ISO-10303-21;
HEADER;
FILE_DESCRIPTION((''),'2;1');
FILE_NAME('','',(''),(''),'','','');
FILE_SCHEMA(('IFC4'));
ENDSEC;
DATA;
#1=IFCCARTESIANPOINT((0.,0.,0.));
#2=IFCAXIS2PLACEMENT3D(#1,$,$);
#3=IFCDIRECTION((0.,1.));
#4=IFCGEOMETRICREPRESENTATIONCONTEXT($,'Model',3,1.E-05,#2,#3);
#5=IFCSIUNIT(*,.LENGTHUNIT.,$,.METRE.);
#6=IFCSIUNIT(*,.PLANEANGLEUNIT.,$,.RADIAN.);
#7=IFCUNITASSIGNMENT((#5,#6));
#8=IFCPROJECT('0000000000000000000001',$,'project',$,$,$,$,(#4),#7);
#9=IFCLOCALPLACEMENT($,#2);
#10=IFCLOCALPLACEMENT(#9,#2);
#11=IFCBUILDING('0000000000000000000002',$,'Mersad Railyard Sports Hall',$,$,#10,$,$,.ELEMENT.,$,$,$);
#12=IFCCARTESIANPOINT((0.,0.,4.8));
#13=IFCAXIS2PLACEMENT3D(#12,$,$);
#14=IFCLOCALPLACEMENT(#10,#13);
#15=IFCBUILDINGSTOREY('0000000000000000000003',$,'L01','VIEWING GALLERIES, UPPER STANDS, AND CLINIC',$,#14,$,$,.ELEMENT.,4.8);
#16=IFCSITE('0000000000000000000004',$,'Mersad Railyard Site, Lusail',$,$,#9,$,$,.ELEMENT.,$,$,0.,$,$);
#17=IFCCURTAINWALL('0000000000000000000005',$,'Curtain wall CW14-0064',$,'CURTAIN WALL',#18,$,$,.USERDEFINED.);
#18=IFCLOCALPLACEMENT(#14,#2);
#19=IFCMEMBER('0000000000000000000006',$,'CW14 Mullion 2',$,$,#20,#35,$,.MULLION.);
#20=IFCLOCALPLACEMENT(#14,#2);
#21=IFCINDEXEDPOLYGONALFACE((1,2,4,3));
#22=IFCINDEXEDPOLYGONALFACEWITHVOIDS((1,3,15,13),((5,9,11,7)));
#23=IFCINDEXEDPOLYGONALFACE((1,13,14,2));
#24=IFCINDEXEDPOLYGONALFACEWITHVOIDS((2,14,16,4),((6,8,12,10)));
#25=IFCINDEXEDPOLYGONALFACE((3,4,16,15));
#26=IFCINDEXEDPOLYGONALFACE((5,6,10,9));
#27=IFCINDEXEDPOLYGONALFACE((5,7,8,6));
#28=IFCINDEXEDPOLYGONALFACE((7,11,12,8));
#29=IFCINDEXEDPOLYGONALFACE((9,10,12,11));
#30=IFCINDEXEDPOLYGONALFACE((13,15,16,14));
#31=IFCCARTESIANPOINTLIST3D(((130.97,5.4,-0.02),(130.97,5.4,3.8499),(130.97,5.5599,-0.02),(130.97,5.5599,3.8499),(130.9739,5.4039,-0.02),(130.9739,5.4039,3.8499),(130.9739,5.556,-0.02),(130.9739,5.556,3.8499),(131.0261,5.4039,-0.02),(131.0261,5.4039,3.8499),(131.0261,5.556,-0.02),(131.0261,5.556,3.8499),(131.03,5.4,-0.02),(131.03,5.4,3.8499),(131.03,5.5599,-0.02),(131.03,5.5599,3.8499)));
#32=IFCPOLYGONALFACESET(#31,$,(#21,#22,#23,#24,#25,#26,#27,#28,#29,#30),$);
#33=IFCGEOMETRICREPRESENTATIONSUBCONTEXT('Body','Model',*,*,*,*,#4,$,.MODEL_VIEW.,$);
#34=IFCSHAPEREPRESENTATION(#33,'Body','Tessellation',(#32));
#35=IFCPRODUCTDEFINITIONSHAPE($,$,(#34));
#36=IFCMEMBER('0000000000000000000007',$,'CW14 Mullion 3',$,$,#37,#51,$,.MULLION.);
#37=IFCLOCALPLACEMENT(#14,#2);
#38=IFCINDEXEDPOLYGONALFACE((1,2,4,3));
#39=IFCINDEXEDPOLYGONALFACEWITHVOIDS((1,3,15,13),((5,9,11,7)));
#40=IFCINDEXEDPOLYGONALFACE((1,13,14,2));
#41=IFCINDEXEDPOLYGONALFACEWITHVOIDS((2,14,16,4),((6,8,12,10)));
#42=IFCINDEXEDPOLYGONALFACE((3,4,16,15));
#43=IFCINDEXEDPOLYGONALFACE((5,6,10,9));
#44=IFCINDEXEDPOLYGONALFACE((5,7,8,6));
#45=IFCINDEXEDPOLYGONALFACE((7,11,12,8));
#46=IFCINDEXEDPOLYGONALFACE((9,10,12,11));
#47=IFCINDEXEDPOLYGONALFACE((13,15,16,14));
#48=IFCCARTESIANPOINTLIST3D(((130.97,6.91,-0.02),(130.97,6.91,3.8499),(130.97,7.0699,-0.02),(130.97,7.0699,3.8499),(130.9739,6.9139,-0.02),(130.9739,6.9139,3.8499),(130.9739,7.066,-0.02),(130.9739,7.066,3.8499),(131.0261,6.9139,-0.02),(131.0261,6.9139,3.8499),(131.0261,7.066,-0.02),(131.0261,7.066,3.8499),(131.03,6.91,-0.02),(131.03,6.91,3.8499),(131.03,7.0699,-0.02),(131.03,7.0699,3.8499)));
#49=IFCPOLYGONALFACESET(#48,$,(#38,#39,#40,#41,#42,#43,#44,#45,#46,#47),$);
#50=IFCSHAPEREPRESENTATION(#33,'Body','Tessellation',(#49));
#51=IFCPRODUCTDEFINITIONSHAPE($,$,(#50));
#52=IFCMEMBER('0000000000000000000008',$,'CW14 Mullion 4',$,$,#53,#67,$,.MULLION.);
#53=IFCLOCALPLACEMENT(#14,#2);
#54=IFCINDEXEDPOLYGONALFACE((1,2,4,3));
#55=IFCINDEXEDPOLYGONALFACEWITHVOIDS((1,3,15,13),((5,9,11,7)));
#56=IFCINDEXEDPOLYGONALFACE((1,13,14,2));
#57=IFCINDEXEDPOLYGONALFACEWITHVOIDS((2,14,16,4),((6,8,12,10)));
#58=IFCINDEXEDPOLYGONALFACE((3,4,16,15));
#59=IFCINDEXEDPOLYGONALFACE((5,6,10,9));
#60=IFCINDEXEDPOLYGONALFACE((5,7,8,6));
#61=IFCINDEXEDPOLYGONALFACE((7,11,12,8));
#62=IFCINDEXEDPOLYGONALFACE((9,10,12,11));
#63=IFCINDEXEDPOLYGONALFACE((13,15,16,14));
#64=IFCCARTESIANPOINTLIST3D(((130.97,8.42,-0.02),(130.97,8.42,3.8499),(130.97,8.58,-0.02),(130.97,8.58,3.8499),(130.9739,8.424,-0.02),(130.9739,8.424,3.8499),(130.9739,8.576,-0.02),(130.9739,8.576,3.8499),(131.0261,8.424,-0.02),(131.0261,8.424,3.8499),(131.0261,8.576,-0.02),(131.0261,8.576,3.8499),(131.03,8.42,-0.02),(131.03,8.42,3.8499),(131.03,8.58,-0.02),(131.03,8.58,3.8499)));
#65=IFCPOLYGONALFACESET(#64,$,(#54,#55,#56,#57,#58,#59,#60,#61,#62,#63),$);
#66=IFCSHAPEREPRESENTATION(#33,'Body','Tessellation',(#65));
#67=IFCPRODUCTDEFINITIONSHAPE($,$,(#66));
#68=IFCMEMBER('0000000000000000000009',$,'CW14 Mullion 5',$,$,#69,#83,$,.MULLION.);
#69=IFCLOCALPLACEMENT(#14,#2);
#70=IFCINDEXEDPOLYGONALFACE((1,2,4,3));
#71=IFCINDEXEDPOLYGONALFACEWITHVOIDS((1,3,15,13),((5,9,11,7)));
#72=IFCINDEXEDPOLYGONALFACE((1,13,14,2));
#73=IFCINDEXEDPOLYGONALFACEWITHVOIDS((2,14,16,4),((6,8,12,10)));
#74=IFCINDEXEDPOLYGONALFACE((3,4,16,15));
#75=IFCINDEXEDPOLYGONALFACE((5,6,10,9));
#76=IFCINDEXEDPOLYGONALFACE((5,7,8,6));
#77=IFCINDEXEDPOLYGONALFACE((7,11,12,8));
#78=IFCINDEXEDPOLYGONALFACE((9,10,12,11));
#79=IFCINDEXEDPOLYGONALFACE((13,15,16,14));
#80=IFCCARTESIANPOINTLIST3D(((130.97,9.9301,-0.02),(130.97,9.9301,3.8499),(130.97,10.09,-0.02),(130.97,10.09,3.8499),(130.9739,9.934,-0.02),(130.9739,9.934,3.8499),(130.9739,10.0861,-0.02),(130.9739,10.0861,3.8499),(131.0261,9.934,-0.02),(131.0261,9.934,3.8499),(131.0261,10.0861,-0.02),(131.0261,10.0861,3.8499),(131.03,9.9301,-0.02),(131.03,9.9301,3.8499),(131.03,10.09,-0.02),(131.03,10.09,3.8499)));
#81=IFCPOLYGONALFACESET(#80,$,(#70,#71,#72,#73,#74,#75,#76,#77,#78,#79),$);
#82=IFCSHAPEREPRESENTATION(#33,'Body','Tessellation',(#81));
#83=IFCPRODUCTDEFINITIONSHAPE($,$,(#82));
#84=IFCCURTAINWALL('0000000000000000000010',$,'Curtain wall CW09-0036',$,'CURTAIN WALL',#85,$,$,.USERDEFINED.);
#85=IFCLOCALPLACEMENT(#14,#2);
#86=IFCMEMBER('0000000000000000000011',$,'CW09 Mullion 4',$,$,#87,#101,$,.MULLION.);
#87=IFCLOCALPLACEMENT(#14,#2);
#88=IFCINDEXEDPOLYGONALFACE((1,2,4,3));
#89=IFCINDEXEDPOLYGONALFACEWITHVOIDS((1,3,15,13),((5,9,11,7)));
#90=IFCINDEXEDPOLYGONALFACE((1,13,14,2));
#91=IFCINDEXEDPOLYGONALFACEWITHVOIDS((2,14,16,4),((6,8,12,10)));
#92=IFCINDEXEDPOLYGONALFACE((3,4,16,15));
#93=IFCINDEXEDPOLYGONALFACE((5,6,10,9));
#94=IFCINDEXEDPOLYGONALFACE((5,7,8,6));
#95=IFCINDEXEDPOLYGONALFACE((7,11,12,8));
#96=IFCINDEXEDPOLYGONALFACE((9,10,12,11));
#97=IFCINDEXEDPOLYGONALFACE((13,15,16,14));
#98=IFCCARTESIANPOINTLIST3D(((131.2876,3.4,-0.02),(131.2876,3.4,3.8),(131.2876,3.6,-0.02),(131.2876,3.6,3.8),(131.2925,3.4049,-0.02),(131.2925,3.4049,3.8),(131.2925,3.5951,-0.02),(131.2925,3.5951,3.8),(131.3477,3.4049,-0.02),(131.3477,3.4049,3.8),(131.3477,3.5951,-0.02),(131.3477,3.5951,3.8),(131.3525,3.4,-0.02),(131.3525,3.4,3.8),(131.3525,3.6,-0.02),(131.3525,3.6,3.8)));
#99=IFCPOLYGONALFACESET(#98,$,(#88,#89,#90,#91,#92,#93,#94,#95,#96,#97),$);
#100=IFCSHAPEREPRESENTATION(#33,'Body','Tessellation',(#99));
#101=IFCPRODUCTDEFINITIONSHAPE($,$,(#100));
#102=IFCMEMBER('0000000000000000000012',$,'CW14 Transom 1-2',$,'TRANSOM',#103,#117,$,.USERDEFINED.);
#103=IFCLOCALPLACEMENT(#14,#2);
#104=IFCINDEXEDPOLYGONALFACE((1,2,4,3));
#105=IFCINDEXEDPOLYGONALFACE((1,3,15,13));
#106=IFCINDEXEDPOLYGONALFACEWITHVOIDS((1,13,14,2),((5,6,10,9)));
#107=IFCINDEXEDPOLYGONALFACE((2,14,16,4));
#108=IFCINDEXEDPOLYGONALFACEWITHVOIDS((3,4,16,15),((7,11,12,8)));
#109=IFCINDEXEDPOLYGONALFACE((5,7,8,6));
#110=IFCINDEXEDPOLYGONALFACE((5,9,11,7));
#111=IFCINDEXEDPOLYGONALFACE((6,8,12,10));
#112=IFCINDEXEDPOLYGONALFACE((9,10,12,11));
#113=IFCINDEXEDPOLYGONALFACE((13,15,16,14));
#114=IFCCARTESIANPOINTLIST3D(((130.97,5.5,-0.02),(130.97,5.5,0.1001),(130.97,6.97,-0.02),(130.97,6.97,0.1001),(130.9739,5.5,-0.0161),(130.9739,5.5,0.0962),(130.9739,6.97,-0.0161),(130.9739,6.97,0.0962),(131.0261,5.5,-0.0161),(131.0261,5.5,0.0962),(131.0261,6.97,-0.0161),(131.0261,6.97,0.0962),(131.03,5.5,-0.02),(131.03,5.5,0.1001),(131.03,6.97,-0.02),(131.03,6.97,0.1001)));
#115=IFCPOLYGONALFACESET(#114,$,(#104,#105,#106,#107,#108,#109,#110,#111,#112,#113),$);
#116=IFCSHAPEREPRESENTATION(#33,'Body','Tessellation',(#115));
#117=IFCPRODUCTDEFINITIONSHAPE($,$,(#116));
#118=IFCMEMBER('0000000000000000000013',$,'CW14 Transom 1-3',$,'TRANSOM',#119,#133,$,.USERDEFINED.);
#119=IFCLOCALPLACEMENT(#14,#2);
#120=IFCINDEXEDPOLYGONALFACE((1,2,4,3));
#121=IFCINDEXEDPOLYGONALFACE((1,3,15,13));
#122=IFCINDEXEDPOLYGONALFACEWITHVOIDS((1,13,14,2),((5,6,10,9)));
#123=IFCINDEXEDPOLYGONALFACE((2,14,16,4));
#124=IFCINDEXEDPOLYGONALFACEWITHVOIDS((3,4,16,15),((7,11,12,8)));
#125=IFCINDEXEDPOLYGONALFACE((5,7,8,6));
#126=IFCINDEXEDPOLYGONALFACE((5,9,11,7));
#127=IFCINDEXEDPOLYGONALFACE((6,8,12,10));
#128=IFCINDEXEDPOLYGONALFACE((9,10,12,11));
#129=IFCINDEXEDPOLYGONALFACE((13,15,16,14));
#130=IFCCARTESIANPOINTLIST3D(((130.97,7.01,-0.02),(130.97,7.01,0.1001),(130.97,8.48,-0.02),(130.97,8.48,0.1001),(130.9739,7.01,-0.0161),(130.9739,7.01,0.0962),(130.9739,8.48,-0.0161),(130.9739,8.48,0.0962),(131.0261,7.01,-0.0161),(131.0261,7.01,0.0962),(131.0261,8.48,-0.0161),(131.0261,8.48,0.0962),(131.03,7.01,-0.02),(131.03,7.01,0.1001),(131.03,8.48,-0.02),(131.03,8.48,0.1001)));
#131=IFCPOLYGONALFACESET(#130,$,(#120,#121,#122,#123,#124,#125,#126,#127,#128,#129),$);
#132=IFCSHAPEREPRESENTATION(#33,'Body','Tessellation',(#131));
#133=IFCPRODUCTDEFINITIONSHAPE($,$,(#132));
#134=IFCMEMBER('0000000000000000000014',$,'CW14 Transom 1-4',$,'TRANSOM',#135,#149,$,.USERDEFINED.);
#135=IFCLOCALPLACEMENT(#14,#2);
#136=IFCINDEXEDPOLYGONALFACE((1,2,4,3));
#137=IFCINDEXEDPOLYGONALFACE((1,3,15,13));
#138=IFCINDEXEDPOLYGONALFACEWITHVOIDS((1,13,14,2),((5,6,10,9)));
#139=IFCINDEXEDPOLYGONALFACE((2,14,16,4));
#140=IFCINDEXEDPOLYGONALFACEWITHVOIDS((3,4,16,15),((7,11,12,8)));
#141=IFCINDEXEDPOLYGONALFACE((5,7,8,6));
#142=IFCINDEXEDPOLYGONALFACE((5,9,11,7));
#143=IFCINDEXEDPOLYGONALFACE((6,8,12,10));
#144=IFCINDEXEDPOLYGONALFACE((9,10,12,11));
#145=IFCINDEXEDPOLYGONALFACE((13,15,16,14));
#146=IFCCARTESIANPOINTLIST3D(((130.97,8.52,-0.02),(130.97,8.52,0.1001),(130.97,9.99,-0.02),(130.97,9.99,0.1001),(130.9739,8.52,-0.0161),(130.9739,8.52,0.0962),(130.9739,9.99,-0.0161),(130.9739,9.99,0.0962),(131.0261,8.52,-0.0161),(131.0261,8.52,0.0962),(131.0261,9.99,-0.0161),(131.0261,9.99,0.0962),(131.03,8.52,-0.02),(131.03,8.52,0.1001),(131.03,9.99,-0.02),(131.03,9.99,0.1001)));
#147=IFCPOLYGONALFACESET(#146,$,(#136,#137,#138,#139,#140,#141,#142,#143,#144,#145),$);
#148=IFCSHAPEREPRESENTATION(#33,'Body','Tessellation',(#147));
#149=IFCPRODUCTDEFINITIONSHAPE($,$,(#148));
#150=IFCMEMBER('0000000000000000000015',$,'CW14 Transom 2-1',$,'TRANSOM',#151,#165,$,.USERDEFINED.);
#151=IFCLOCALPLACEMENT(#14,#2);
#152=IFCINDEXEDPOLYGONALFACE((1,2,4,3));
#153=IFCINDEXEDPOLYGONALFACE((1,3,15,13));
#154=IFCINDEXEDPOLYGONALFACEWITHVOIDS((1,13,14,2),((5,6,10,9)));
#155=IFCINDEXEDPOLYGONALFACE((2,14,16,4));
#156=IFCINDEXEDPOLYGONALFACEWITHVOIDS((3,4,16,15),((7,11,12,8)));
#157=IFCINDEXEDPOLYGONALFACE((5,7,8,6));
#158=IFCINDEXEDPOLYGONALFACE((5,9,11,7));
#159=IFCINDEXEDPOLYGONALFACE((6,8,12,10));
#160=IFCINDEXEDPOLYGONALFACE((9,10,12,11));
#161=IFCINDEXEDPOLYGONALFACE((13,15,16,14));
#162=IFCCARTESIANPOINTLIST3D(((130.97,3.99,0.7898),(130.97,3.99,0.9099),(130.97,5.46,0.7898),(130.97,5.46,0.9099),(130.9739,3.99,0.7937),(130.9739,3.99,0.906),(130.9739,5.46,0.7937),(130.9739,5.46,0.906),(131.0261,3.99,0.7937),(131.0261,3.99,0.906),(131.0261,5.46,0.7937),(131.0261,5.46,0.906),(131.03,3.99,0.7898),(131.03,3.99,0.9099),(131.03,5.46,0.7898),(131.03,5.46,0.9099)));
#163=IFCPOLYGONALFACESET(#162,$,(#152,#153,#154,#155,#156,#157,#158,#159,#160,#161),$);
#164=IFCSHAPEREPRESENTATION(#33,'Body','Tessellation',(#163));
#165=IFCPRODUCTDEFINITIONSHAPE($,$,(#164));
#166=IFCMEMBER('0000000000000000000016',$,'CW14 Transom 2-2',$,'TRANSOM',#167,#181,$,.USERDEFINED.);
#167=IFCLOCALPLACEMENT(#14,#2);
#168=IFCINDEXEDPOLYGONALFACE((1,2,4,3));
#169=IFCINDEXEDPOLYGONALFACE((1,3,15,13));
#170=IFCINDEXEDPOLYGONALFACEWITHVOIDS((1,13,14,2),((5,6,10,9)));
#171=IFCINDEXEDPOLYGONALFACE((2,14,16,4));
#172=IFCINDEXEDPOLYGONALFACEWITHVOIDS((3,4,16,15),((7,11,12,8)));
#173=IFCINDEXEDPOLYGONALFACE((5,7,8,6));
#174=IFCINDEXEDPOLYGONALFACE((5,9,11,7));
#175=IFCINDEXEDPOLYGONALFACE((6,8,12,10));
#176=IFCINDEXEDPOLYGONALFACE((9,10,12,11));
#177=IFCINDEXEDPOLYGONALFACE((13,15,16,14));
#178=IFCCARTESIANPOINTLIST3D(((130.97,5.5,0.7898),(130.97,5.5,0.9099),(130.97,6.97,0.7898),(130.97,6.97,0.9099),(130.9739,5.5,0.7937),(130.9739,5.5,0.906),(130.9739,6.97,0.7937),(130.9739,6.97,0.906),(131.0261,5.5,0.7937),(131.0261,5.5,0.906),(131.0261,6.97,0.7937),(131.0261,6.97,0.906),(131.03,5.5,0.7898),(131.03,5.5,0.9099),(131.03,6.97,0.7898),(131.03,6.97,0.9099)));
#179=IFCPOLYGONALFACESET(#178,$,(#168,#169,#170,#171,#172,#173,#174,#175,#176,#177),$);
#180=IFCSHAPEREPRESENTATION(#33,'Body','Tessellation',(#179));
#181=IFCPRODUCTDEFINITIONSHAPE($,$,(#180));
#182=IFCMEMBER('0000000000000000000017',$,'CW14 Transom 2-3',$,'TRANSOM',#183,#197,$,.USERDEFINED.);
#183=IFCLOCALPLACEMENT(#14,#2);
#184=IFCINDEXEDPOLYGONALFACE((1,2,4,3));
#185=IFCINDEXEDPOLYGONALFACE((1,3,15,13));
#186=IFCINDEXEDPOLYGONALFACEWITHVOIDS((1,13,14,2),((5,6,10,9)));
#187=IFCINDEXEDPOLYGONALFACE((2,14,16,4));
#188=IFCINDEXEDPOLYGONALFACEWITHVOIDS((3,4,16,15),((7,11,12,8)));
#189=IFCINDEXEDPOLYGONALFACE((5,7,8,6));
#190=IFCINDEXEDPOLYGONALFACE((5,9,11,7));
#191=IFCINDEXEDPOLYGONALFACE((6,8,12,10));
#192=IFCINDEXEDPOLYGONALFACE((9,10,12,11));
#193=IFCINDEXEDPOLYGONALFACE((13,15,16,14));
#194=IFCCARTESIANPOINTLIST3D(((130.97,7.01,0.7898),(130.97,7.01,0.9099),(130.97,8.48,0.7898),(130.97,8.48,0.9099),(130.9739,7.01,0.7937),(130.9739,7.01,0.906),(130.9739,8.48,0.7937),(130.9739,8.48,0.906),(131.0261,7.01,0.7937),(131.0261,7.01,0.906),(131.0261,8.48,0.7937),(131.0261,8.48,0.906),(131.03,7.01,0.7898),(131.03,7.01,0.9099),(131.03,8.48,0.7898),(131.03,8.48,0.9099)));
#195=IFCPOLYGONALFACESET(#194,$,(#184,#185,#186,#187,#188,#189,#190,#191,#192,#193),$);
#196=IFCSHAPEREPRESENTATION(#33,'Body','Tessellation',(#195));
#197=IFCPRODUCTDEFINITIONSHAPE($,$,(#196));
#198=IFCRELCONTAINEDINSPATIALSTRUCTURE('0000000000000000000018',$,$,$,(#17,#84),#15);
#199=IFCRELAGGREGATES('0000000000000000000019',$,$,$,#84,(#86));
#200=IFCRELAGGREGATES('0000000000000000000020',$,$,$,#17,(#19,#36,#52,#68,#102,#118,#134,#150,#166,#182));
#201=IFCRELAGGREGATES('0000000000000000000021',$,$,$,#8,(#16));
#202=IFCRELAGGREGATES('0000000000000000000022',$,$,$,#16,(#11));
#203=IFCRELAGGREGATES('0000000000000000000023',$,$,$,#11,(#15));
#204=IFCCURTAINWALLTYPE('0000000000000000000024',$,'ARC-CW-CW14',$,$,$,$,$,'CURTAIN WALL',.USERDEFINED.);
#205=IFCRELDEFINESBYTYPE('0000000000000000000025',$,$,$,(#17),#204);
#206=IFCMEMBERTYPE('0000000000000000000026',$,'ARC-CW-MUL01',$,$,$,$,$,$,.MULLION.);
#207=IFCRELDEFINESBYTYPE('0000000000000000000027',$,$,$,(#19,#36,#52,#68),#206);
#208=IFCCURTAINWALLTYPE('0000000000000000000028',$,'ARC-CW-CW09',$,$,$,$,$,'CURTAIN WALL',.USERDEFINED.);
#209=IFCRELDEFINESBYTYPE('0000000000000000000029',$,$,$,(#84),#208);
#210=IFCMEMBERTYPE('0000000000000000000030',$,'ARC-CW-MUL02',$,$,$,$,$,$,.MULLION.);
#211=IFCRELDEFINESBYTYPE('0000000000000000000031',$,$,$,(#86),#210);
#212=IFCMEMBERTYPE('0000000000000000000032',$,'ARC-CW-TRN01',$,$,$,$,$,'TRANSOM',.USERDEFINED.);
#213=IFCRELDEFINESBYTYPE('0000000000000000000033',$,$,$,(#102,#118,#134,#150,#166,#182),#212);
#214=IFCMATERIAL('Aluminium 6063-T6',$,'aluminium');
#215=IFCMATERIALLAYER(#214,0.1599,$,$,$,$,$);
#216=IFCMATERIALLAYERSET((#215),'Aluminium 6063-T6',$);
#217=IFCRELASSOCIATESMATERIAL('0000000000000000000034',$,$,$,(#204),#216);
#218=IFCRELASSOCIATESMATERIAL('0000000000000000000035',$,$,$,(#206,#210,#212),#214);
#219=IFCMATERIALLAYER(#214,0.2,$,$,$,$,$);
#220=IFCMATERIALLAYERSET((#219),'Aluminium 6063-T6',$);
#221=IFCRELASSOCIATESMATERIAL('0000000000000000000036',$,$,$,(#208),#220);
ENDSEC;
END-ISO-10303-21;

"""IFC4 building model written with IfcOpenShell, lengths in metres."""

from ifc_helpers import new_model, si_unit, direction, frame, origin, origin_2d, place, context, subcontext, project, spatial, hollow_rectangle, extrude, material, layer, layer_set, material_profile, profile_set, type_object, element, aggregate, save


model = new_model("IFC4")

# Units and contexts
model_context = context("Model", 3, precision=1e-05, world=origin(), true_north=direction((0.0, 1.0)))
body_context = subcontext(model_context, "Body", "Model", "MODEL_VIEW")
ifc_project = project(units=[si_unit("LENGTHUNIT", "METRE"), si_unit("PLANEANGLEUNIT", "RADIAN")], contexts=[model_context])

# Site, building, storey
site_placement = place(None, origin())
site = spatial("IfcSite", under=ifc_project, at=site_placement, Name="Mersad Railyard Site, Lusail", CompositionType="ELEMENT", RefElevation=0.0)
building_placement = place(site_placement, origin())
building = spatial("IfcBuilding", under=site, at=building_placement, Name="Mersad Railyard Sports Hall", CompositionType="ELEMENT")
storey_placement = place(building_placement, frame((0.0, 0.0, 4.8)))
storey = spatial("IfcBuildingStorey", under=building, at=storey_placement, Name="L01", Description="VIEWING GALLERIES, UPPER STANDS, AND CLINIC", CompositionType="ELEMENT", Elevation=4.8)

# Curtain wall, members
ifc_material_1 = material(Name="Aluminium 6063-T6", Category="aluminium")
ifc_layer_1 = layer(ifc_material_1, 0.1599)
ifc_layer_set_1 = layer_set([ifc_layer_1], Name="Aluminium 6063-T6")
curtain_wall_type_1 = type_object("IfcCurtainWallType", Name="ARC-CW-CW14", ElementType="CURTAIN WALL", PredefinedType="USERDEFINED", material=ifc_layer_set_1)
curtain_wall_1_placement = place(storey_placement, origin())
curtain_wall_1 = element("IfcCurtainWall", 1, at=curtain_wall_1_placement, inside=storey, type_object=curtain_wall_type_1, Name="Curtain wall CW14-0064", ObjectType="CURTAIN WALL", PredefinedType="USERDEFINED")
ifc_material_profile_1 = material_profile(ifc_material_1, hollow_rectangle(XDim=0.0601, YDim=0.1599, WallThickness=0.0039, at=origin_2d()), Name="AL MULLION 60x160x4")
ifc_profile_set_1 = profile_set([ifc_material_profile_1], Name="Aluminium 6063-T6")
member_type_1 = type_object("IfcMemberType", Name="ARC-CW-MUL01", PredefinedType="MULLION", material=ifc_profile_set_1)
member_1_placement = place(storey_placement, frame((131.0, 5.48, -0.02), z_axis=(0.0, 0.0, 1.0), x_axis=(1.0, 0.0, 0.0)))
member_1 = element("IfcMember", 2, at=member_1_placement, type_object=member_type_1, Name="CW14 Mullion 2", PredefinedType="MULLION", context=body_context, shape_type="SweptSolid", body=[
    extrude(hollow_rectangle(XDim=0.0601, YDim=0.1599, WallThickness=0.0039, at=origin_2d()), origin(), (0.0, 0.0, 1.0), 3.8699),
])
member_2_placement = place(storey_placement, frame((131.0, 6.99, -0.02), z_axis=(0.0, 0.0, 1.0), x_axis=(1.0, 0.0, 0.0)))
member_2 = element("IfcMember", 3, at=member_2_placement, type_object=member_type_1, Name="CW14 Mullion 3", PredefinedType="MULLION", context=body_context, shape_type="SweptSolid", body=[
    extrude(hollow_rectangle(XDim=0.0601, YDim=0.1599, WallThickness=0.0039, at=origin_2d()), origin(), (0.0, 0.0, 1.0), 3.8699),
])
member_3_placement = place(storey_placement, frame((131.0, 8.5, -0.02), z_axis=(0.0, 0.0, 1.0), x_axis=(1.0, 0.0, 0.0)))
member_3 = element("IfcMember", 4, at=member_3_placement, type_object=member_type_1, Name="CW14 Mullion 4", PredefinedType="MULLION", context=body_context, shape_type="SweptSolid", body=[
    extrude(hollow_rectangle(XDim=0.0601, YDim=0.1599, WallThickness=0.0039, at=origin_2d()), origin(), (0.0, 0.0, 1.0), 3.8699),
])
member_4_placement = place(storey_placement, frame((131.0, 10.01, -0.02), z_axis=(0.0, 0.0, 1.0), x_axis=(1.0, 0.0, 0.0)))
member_4 = element("IfcMember", 5, at=member_4_placement, type_object=member_type_1, Name="CW14 Mullion 5", PredefinedType="MULLION", context=body_context, shape_type="SweptSolid", body=[
    extrude(hollow_rectangle(XDim=0.0601, YDim=0.1599, WallThickness=0.0039, at=origin_2d()), origin(), (0.0, 0.0, 1.0), 3.8699),
])

# Curtain wall, member
ifc_layer_2 = layer(ifc_material_1, 0.2)
ifc_layer_set_2 = layer_set([ifc_layer_2], Name="Aluminium 6063-T6")
curtain_wall_type_2 = type_object("IfcCurtainWallType", Name="ARC-CW-CW09", ElementType="CURTAIN WALL", PredefinedType="USERDEFINED", material=ifc_layer_set_2)
curtain_wall_2_placement = place(storey_placement, origin())
curtain_wall_2 = element("IfcCurtainWall", 6, at=curtain_wall_2_placement, inside=storey, type_object=curtain_wall_type_2, Name="Curtain wall CW09-0036", ObjectType="CURTAIN WALL", PredefinedType="USERDEFINED")
ifc_material_profile_2 = material_profile(ifc_material_1, hollow_rectangle(XDim=0.0649, YDim=0.2, WallThickness=0.0049, at=origin_2d()), Name="AL MULLION 65x200x5")
ifc_profile_set_2 = profile_set([ifc_material_profile_2], Name="Aluminium 6063-T6")
member_type_2 = type_object("IfcMemberType", Name="ARC-CW-MUL02", PredefinedType="MULLION", material=ifc_profile_set_2)
member_5_placement = place(storey_placement, frame((131.3201, 3.5, -0.02), z_axis=(0.0, 0.0, 1.0), x_axis=(1.0, 0.0, 0.0)))
member_5 = element("IfcMember", 7, at=member_5_placement, type_object=member_type_2, Name="CW09 Mullion 4", PredefinedType="MULLION", context=body_context, shape_type="SweptSolid", body=[
    extrude(hollow_rectangle(XDim=0.0649, YDim=0.2, WallThickness=0.0049, at=origin_2d()), origin(), (0.0, 0.0, 1.0), 3.8201),
])

# Members
ifc_material_profile_3 = material_profile(ifc_material_1, hollow_rectangle(XDim=0.0601, YDim=0.1201, WallThickness=0.0039, at=origin_2d()), Name="AL TRANSOM 60x120x4")
ifc_profile_set_3 = profile_set([ifc_material_profile_3], Name="Aluminium 6063-T6")
member_type_3 = type_object("IfcMemberType", Name="ARC-CW-TRN01", ElementType="TRANSOM", PredefinedType="USERDEFINED", material=ifc_profile_set_3)
member_6_placement = place(storey_placement, frame((131.0, 5.5, 0.04), z_axis=(0.0, 1.0, 0.0), x_axis=(-1.0, 0.0, 0.0)))
member_6 = element("IfcMember", 8, at=member_6_placement, type_object=member_type_3, Name="CW14 Transom 1-2", ObjectType="TRANSOM", PredefinedType="USERDEFINED", context=body_context, shape_type="SweptSolid", body=[
    extrude(hollow_rectangle(XDim=0.0601, YDim=0.1201, WallThickness=0.0039, at=origin_2d()), origin(), (0.0, 0.0, 1.0), 1.47),
])
member_7_placement = place(storey_placement, frame((131.0, 7.01, 0.04), z_axis=(0.0, 1.0, 0.0), x_axis=(-1.0, 0.0, 0.0)))
member_7 = element("IfcMember", 9, at=member_7_placement, type_object=member_type_3, Name="CW14 Transom 1-3", ObjectType="TRANSOM", PredefinedType="USERDEFINED", context=body_context, shape_type="SweptSolid", body=[
    extrude(hollow_rectangle(XDim=0.0601, YDim=0.1201, WallThickness=0.0039, at=origin_2d()), origin(), (0.0, 0.0, 1.0), 1.47),
])
member_8_placement = place(storey_placement, frame((131.0, 8.52, 0.04), z_axis=(0.0, 1.0, 0.0), x_axis=(-1.0, 0.0, 0.0)))
member_8 = element("IfcMember", 10, at=member_8_placement, type_object=member_type_3, Name="CW14 Transom 1-4", ObjectType="TRANSOM", PredefinedType="USERDEFINED", context=body_context, shape_type="SweptSolid", body=[
    extrude(hollow_rectangle(XDim=0.0601, YDim=0.1201, WallThickness=0.0039, at=origin_2d()), origin(), (0.0, 0.0, 1.0), 1.47),
])
member_9_placement = place(storey_placement, frame((131.0, 3.99, 0.8499), z_axis=(0.0, 1.0, 0.0), x_axis=(-1.0, 0.0, 0.0)))
member_9 = element("IfcMember", 11, at=member_9_placement, type_object=member_type_3, Name="CW14 Transom 2-1", ObjectType="TRANSOM", PredefinedType="USERDEFINED", context=body_context, shape_type="SweptSolid", body=[
    extrude(hollow_rectangle(XDim=0.0601, YDim=0.1201, WallThickness=0.0039, at=origin_2d()), origin(), (0.0, 0.0, 1.0), 1.47),
])
member_10_placement = place(storey_placement, frame((131.0, 5.5, 0.8499), z_axis=(0.0, 1.0, 0.0), x_axis=(-1.0, 0.0, 0.0)))
member_10 = element("IfcMember", 12, at=member_10_placement, type_object=member_type_3, Name="CW14 Transom 2-2", ObjectType="TRANSOM", PredefinedType="USERDEFINED", context=body_context, shape_type="SweptSolid", body=[
    extrude(hollow_rectangle(XDim=0.0601, YDim=0.1201, WallThickness=0.0039, at=origin_2d()), origin(), (0.0, 0.0, 1.0), 1.47),
])
member_11_placement = place(storey_placement, frame((131.0, 7.01, 0.8499), z_axis=(0.0, 1.0, 0.0), x_axis=(-1.0, 0.0, 0.0)))
member_11 = element("IfcMember", 13, at=member_11_placement, type_object=member_type_3, Name="CW14 Transom 2-3", ObjectType="TRANSOM", PredefinedType="USERDEFINED", context=body_context, shape_type="SweptSolid", body=[
    extrude(hollow_rectangle(XDim=0.0601, YDim=0.1201, WallThickness=0.0039, at=origin_2d()), origin(), (0.0, 0.0, 1.0), 1.47),
])

aggregate(curtain_wall_2, [member_5])
aggregate(curtain_wall_1, [member_1, member_2, member_3, member_4, member_6, member_7, member_8, member_9, member_10, member_11])

save(model, "model.ifc")
